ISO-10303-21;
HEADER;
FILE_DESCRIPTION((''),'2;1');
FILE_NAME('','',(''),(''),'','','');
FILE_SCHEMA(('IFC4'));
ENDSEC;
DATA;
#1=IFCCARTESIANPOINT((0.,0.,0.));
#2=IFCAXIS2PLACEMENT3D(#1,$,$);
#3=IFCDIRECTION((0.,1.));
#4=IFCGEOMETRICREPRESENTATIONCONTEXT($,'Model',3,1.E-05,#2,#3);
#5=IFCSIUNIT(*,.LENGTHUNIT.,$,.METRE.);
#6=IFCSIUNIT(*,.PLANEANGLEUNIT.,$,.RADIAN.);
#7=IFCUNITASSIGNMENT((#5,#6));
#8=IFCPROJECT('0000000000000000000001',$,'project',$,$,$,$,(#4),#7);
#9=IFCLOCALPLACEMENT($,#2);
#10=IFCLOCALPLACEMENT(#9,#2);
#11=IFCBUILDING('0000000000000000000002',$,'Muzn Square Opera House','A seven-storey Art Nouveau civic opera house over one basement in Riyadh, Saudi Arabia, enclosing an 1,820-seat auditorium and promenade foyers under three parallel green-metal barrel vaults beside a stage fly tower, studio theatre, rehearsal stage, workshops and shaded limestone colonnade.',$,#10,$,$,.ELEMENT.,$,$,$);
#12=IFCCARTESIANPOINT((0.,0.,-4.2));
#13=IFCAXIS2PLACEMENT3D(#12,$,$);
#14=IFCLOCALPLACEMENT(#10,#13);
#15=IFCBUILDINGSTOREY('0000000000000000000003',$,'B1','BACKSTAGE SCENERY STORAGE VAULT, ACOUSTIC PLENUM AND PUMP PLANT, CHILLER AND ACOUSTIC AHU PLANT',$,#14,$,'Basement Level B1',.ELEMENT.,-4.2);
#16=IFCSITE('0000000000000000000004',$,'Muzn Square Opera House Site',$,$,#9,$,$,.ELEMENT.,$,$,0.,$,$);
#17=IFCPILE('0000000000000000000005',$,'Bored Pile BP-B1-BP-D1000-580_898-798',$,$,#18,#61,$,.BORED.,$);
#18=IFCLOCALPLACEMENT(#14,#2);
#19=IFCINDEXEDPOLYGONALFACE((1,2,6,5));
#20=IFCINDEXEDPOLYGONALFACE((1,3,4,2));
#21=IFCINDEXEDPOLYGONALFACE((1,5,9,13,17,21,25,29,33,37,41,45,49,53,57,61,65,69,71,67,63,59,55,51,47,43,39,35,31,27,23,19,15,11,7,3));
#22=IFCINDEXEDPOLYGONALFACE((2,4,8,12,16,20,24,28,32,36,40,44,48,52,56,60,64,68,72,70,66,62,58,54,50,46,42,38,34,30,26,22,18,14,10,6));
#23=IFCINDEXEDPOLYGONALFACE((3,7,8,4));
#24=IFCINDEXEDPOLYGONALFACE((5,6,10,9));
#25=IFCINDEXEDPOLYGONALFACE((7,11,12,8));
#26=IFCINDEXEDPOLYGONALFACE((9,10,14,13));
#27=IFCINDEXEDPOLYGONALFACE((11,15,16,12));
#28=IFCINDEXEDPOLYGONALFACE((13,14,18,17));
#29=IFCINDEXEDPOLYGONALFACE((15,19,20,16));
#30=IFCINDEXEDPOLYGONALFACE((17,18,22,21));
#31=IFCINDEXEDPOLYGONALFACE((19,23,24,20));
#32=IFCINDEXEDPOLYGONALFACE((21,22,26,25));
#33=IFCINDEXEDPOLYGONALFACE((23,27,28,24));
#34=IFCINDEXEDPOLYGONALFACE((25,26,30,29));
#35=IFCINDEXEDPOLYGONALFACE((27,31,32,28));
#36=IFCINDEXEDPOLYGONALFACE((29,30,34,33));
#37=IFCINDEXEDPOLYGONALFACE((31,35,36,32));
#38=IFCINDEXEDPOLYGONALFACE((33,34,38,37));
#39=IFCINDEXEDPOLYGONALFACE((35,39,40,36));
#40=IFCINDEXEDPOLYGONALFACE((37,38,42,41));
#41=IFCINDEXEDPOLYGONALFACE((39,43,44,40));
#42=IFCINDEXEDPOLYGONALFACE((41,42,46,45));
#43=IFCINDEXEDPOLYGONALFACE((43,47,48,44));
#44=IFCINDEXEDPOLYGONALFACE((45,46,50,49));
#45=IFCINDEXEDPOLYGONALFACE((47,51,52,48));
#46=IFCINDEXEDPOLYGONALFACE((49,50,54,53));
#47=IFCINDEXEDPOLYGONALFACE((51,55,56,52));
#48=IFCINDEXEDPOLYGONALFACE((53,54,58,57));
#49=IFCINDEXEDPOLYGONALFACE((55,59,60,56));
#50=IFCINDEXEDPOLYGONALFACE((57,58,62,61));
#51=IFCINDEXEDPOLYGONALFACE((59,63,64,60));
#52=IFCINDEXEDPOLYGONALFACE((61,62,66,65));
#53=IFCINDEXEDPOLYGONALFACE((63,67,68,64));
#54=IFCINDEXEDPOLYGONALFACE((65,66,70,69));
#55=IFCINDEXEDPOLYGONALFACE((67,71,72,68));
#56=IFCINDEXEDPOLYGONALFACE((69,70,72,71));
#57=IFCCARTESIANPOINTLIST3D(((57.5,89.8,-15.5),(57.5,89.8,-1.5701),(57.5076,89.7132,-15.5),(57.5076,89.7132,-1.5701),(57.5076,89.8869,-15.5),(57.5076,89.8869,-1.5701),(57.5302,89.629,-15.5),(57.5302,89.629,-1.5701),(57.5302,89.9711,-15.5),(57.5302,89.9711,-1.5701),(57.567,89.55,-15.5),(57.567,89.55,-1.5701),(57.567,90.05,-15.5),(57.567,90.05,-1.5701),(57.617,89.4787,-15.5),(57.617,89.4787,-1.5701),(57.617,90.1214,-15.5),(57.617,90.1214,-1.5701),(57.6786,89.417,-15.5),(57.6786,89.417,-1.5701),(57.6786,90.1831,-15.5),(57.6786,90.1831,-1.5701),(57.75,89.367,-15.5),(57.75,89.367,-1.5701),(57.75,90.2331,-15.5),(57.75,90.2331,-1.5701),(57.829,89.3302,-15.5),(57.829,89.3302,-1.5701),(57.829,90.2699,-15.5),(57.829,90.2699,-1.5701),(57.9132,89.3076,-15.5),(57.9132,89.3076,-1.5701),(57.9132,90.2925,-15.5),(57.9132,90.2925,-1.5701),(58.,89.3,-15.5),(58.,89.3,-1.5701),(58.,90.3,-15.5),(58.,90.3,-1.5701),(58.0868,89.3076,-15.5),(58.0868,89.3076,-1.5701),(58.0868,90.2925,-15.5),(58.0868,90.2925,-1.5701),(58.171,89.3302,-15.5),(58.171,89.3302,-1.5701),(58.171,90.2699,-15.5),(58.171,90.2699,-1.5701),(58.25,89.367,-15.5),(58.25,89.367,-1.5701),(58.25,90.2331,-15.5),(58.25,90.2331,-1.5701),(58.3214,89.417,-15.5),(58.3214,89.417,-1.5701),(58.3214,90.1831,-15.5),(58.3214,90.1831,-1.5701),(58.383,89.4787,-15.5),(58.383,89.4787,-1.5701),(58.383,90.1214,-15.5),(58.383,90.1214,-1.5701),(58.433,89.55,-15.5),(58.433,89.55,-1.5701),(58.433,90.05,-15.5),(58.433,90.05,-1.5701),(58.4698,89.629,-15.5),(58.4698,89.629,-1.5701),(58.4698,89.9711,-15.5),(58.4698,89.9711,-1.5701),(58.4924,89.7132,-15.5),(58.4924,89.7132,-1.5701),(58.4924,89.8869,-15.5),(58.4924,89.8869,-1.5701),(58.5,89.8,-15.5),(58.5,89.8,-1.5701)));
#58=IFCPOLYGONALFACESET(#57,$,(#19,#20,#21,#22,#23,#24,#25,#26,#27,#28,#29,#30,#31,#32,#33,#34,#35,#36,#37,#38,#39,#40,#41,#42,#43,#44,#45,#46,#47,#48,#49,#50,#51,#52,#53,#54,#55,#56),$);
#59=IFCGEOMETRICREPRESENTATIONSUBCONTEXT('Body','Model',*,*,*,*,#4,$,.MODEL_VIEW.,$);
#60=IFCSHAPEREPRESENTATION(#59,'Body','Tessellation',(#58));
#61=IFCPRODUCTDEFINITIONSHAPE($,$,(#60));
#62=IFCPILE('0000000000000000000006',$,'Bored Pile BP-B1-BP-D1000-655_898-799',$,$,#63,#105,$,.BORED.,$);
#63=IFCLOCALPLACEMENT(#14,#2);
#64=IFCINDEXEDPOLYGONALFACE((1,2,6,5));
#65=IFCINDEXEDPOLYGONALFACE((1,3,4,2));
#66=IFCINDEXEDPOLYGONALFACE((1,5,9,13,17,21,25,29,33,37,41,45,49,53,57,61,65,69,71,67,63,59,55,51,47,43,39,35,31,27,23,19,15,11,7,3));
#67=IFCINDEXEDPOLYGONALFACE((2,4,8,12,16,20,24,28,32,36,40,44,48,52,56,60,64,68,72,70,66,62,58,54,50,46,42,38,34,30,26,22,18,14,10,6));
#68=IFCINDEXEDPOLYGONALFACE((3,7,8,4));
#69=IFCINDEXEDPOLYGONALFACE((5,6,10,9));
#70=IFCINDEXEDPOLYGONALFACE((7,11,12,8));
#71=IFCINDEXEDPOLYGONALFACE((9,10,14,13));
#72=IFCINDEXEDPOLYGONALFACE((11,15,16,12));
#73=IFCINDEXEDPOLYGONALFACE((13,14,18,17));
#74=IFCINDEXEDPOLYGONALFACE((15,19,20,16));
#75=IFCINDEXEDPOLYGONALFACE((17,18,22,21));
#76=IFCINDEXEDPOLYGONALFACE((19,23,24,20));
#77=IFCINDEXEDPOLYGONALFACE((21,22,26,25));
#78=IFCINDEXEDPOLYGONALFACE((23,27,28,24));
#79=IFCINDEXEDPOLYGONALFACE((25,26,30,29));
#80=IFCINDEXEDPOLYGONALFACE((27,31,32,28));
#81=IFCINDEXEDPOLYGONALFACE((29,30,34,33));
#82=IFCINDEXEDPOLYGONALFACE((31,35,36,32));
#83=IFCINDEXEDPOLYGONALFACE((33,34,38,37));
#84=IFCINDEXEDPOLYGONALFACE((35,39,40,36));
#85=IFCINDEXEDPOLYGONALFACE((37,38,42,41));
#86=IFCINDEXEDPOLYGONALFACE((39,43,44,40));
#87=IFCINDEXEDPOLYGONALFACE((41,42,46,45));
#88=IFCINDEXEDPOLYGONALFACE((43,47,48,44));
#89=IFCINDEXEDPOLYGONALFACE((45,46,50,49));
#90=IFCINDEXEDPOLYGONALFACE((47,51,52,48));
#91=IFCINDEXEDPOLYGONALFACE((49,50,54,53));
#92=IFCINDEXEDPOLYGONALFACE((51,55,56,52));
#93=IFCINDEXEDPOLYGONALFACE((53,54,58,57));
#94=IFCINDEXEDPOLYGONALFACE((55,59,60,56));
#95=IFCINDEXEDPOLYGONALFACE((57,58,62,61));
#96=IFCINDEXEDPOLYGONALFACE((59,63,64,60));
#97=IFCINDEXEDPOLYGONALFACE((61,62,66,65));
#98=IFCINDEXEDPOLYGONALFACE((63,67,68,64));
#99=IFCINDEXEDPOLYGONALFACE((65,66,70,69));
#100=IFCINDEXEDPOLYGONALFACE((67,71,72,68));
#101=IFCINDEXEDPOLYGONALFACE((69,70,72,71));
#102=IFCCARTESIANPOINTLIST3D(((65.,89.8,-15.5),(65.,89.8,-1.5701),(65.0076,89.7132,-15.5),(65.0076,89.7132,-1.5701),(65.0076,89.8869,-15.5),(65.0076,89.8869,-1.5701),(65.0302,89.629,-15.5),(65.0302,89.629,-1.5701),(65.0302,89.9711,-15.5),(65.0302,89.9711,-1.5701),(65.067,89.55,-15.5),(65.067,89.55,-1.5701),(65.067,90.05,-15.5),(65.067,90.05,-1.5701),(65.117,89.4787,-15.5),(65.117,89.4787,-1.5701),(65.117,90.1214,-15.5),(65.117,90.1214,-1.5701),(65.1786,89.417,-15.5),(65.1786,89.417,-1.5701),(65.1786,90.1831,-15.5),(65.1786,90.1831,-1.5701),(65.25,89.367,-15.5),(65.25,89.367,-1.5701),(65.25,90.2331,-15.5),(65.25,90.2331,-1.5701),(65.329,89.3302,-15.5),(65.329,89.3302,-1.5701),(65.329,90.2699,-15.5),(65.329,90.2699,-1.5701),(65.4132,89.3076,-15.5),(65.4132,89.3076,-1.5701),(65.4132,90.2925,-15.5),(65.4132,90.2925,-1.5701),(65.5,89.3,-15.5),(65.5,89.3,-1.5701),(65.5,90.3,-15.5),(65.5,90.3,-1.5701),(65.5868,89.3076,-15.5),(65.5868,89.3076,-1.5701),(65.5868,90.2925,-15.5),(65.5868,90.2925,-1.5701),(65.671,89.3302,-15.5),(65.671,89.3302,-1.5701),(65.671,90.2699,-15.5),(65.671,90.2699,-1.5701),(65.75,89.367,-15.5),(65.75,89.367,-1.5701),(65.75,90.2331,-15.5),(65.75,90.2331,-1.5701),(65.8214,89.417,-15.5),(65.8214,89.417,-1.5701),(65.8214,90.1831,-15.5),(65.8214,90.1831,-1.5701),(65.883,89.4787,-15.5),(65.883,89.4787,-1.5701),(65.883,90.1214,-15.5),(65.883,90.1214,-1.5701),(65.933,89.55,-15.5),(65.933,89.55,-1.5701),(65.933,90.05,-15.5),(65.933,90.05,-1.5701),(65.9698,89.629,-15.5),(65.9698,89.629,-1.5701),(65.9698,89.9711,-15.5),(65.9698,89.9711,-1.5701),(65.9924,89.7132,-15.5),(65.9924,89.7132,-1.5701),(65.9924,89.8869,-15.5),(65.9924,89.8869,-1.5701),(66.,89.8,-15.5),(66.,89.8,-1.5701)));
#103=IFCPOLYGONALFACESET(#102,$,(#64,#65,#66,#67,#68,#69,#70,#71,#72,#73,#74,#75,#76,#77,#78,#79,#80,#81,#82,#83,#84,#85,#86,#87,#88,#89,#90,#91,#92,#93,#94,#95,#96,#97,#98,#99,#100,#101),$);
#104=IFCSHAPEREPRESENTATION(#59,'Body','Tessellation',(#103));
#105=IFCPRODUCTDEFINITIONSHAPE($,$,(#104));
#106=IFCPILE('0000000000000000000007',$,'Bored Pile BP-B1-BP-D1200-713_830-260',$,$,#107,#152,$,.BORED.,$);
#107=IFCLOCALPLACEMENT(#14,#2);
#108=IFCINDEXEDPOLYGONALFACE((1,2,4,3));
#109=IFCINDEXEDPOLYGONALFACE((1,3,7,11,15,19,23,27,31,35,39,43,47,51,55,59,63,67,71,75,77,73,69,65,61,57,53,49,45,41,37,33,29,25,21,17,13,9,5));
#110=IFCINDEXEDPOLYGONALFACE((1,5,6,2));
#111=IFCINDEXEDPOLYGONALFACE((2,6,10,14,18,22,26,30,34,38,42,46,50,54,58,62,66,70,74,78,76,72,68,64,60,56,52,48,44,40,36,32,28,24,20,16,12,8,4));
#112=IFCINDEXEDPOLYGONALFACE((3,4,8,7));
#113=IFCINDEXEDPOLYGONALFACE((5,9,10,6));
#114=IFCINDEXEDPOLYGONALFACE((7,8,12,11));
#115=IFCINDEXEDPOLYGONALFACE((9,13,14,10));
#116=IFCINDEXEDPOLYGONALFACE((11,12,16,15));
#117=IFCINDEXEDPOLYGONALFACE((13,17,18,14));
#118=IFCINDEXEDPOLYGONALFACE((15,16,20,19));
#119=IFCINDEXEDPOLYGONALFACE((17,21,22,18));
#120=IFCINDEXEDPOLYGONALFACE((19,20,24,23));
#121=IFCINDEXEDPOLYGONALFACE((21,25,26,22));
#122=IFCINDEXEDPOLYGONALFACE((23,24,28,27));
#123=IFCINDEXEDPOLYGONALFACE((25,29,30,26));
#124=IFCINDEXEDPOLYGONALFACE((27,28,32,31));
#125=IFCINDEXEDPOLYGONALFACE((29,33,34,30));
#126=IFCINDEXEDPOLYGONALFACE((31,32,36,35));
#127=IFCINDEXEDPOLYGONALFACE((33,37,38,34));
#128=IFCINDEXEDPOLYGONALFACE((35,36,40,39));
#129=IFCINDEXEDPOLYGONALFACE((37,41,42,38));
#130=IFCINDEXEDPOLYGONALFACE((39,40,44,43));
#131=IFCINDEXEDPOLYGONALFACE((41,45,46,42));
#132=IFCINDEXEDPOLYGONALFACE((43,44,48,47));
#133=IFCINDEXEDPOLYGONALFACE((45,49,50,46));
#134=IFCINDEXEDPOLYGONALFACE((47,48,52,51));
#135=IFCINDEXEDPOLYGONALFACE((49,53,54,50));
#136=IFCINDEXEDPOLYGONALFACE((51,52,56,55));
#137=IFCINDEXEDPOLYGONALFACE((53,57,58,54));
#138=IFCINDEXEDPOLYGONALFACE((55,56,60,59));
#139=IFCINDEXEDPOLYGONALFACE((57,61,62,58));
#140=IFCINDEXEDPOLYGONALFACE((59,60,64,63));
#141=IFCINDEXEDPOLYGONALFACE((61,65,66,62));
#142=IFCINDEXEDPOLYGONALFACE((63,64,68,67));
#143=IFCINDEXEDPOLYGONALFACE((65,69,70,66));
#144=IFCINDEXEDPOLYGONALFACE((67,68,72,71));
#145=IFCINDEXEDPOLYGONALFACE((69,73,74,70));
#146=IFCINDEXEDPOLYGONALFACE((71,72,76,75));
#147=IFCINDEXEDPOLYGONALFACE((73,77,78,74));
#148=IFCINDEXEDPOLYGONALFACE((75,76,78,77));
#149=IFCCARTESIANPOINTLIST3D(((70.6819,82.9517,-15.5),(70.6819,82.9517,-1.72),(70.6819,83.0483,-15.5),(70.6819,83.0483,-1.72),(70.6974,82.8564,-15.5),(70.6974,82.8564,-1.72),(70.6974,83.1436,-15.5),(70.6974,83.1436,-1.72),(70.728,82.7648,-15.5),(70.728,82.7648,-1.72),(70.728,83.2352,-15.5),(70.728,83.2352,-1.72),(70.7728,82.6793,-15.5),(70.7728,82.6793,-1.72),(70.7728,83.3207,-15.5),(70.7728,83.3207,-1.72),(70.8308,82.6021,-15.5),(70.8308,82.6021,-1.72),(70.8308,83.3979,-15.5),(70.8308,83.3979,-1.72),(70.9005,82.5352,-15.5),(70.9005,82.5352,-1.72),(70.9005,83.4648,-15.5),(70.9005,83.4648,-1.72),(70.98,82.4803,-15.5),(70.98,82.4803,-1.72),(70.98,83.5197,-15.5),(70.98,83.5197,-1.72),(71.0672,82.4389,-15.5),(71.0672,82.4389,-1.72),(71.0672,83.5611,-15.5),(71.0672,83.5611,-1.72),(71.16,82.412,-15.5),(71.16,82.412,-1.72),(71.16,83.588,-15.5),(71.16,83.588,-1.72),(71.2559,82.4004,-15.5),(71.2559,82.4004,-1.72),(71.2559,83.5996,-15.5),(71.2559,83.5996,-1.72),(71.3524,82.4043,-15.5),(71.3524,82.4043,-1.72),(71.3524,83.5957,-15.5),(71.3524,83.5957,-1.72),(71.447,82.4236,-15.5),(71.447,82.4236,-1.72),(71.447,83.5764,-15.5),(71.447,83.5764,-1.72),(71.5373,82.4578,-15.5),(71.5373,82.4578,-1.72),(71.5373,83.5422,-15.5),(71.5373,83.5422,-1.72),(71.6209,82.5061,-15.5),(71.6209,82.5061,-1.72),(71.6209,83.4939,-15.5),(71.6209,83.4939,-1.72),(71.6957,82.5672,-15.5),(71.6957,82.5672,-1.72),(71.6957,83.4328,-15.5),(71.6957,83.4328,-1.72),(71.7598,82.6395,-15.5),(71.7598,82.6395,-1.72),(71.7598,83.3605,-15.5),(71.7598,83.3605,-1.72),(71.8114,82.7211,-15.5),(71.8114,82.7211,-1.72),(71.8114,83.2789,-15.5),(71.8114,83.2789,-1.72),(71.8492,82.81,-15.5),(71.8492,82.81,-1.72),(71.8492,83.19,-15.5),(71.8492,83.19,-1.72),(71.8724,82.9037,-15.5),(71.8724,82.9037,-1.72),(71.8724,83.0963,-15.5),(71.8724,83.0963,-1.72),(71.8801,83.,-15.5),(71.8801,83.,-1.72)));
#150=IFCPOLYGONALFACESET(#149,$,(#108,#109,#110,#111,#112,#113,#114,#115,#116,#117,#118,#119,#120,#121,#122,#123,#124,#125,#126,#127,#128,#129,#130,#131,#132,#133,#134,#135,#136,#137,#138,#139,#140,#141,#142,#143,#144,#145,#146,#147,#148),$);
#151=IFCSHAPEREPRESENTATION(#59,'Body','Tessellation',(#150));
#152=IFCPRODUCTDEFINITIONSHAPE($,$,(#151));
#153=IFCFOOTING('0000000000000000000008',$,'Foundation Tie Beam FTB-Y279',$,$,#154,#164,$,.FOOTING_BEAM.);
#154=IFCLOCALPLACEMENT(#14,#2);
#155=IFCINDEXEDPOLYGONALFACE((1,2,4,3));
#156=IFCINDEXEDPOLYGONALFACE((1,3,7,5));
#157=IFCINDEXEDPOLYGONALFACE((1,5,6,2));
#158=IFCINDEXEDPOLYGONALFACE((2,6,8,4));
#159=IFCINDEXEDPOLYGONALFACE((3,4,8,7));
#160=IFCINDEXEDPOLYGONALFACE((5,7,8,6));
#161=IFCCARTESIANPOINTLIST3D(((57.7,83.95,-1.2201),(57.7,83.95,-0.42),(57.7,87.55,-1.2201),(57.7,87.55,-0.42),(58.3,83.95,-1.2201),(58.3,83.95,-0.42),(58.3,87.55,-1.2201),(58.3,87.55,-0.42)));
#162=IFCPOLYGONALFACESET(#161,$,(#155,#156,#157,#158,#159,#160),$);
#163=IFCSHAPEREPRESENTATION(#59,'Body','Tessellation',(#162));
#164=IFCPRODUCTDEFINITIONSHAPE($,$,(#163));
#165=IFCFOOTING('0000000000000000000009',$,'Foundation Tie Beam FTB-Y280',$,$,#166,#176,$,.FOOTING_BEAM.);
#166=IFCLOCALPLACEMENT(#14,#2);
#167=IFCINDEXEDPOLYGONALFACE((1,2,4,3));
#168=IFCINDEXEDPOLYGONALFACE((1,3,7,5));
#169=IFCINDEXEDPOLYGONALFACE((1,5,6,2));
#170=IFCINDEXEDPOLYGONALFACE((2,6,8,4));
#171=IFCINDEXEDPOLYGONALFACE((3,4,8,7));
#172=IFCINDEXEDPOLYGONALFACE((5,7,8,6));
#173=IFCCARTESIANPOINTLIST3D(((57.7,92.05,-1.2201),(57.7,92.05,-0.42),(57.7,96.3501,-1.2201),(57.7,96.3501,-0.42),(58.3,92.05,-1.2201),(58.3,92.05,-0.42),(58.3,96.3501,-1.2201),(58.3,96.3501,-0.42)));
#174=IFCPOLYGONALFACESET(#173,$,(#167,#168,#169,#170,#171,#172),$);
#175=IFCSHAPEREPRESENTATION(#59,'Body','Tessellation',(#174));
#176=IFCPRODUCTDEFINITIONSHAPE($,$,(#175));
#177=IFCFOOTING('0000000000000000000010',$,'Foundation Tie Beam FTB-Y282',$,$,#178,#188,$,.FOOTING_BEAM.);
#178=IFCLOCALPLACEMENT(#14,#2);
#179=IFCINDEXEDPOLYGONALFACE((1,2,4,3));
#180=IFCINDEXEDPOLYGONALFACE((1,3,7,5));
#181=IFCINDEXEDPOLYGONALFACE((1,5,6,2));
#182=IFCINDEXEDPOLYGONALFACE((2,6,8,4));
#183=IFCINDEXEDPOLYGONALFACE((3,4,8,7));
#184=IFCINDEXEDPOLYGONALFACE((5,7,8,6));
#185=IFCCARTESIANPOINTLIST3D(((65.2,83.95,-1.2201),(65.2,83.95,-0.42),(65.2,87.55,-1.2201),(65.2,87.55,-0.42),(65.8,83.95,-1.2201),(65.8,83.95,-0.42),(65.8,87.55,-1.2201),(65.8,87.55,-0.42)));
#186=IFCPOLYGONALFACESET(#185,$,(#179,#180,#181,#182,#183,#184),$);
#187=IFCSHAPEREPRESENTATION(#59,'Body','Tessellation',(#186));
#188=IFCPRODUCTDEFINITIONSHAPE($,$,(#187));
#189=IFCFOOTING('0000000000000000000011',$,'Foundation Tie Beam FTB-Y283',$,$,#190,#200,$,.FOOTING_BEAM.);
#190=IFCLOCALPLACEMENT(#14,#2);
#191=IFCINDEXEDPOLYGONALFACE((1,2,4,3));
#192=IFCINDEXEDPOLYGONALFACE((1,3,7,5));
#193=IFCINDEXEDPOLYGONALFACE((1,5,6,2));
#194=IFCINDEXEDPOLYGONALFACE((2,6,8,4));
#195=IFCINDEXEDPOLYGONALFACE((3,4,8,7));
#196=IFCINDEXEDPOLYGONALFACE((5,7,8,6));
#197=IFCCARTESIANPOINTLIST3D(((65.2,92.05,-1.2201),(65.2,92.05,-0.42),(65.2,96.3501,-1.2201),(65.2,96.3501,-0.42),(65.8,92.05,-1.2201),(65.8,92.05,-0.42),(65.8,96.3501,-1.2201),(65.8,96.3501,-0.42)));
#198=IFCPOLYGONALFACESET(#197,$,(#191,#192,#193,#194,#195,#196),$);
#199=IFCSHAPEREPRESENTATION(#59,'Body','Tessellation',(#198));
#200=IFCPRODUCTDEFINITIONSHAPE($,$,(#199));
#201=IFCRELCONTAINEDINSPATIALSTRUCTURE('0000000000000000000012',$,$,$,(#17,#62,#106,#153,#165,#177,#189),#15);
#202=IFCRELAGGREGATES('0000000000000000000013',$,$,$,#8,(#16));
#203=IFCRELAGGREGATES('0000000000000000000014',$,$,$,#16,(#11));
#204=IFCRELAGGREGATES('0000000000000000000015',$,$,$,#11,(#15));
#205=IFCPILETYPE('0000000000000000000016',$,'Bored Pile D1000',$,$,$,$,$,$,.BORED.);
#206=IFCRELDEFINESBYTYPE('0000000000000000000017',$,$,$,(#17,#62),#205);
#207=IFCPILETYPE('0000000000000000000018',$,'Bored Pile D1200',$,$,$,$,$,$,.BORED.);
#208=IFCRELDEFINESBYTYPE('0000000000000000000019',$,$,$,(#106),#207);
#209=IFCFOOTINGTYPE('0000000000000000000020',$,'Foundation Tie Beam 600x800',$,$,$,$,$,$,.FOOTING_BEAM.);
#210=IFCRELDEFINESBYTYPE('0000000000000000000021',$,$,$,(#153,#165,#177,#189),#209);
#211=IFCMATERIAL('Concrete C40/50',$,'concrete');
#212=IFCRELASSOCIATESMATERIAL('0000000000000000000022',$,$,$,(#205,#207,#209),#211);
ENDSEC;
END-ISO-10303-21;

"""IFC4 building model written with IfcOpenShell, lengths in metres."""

from ifc_helpers import new_model, si_unit, direction, frame, origin, origin_2d, place, context, subcontext, project, spatial, rectangle, circle, extrude, material, material_profile, profile_set, type_object, element, save


model = new_model("IFC4")

# Units and contexts
model_context = context("Model", 3, precision=1e-05, world=origin(), true_north=direction((0.0, 1.0)))
body_context = subcontext(model_context, "Body", "Model", "MODEL_VIEW")
ifc_project = project(units=[si_unit("LENGTHUNIT", "METRE"), si_unit("PLANEANGLEUNIT", "RADIAN")], contexts=[model_context])

# Site, building, storey
site_placement = place(None, origin())
site = spatial("IfcSite", under=ifc_project, at=site_placement, Name="Muzn Square Opera House Site", CompositionType="ELEMENT", RefElevation=0.0)
building_placement = place(site_placement, origin())
building = spatial("IfcBuilding", under=site, at=building_placement, Name="Muzn Square Opera House", Description="A seven-storey Art Nouveau civic opera house over one basement in Riyadh, Saudi Arabia, enclosing an 1,820-seat auditorium and promenade foyers under three parallel green-metal barrel vaults beside a stage fly tower, studio theatre, rehearsal stage, workshops and shaded limestone colonnade.", CompositionType="ELEMENT")
storey_placement = place(building_placement, frame((0.0, 0.0, -4.2)))
storey = spatial("IfcBuildingStorey", under=building, at=storey_placement, Name="B1", Description="BACKSTAGE SCENERY STORAGE VAULT, ACOUSTIC PLENUM AND PUMP PLANT, CHILLER AND ACOUSTIC AHU PLANT", LongName="Basement Level B1", CompositionType="ELEMENT", Elevation=-4.2)

# Piles
ifc_material_1 = material(Name="Concrete C40/50", Category="concrete")
ifc_material_profile_1 = material_profile(ifc_material_1, circle(Radius=0.5, at=origin_2d()), Name="BORED PILE D1000", Category="concrete")
ifc_profile_set_1 = profile_set([ifc_material_profile_1], Name="Concrete C40/50")
pile_type_1 = type_object("IfcPileType", Name="Bored Pile D1000", PredefinedType="BORED", material=ifc_profile_set_1)
for number, where, z_axis, x_axis, name in (
    (1, (58.0, 89.8, -1.5701), (0.0, 0.0, -1.0), (1.0, 0.0, 0.0), "Bored Pile BP-B1-BP-D1000-580_898-798"),
    (2, (65.5, 89.8, -1.5701), (0.0, 0.0, -1.0), (1.0, 0.0, 0.0), "Bored Pile BP-B1-BP-D1000-655_898-799"),
):
    element("IfcPile", number, at=place(storey_placement, frame(where, z_axis=z_axis, x_axis=x_axis)), inside=storey, type_object=pile_type_1, Name=name, PredefinedType="BORED", context=body_context, shape_type="SweptSolid", body=[
        extrude(circle(Radius=0.5, at=origin_2d()), origin(), (0.0, 0.0, 1.0), 13.9299),
    ])
ifc_material_profile_2 = material_profile(ifc_material_1, circle(Radius=0.6001, at=origin_2d()), Name="BORED PILE D1200", Category="concrete")
ifc_profile_set_2 = profile_set([ifc_material_profile_2], Name="Concrete C40/50")
pile_type_2 = type_object("IfcPileType", Name="Bored Pile D1200", PredefinedType="BORED", material=ifc_profile_set_2)
pile_placement = place(storey_placement, frame((71.28, 83.0, -1.72), z_axis=(0.0, 0.0, -1.0), x_axis=(1.0, 0.0, 0.0)))
element("IfcPile", 3, at=pile_placement, inside=storey, type_object=pile_type_2, Name="Bored Pile BP-B1-BP-D1200-713_830-260", PredefinedType="BORED", context=body_context, shape_type="SweptSolid", body=[
    extrude(circle(Radius=0.6001, at=origin_2d()), origin(), (0.0, 0.0, 1.0), 13.78),
])

# Footings
ifc_material_profile_3 = material_profile(ifc_material_1, rectangle(XDim=0.6001, YDim=0.8, at=origin_2d()), Name="RCTB 600x800", Category="concrete")
ifc_profile_set_3 = profile_set([ifc_material_profile_3], Name="Concrete C40/50")
footing_type_1 = type_object("IfcFootingType", Name="Foundation Tie Beam 600x800", PredefinedType="FOOTING_BEAM", material=ifc_profile_set_3)
footing_1_placement = place(storey_placement, frame((58.0, 83.95, -0.8201), z_axis=(0.0, 1.0, 0.0), x_axis=(-1.0, 0.0, 0.0)))
element("IfcFooting", 4, at=footing_1_placement, inside=storey, type_object=footing_type_1, Name="Foundation Tie Beam FTB-Y279", PredefinedType="FOOTING_BEAM", context=body_context, shape_type="SweptSolid", body=[
    extrude(rectangle(XDim=0.6001, YDim=0.8, at=origin_2d()), origin(), (0.0, 0.0, 1.0), 3.6001),
])
footing_2_placement = place(storey_placement, frame((58.0, 92.05, -0.8201), z_axis=(0.0, 1.0, 0.0), x_axis=(-1.0, 0.0, 0.0)))
element("IfcFooting", 5, at=footing_2_placement, inside=storey, type_object=footing_type_1, Name="Foundation Tie Beam FTB-Y280", PredefinedType="FOOTING_BEAM", context=body_context, shape_type="SweptSolid", body=[
    extrude(rectangle(XDim=0.6001, YDim=0.8, at=origin_2d()), origin(), (0.0, 0.0, 1.0), 4.3),
])
footing_3_placement = place(storey_placement, frame((65.5, 83.95, -0.8201), z_axis=(0.0, 1.0, 0.0), x_axis=(-1.0, 0.0, 0.0)))
element("IfcFooting", 6, at=footing_3_placement, inside=storey, type_object=footing_type_1, Name="Foundation Tie Beam FTB-Y282", PredefinedType="FOOTING_BEAM", context=body_context, shape_type="SweptSolid", body=[
    extrude(rectangle(XDim=0.6001, YDim=0.8, at=origin_2d()), origin(), (0.0, 0.0, 1.0), 3.6001),
])
footing_4_placement = place(storey_placement, frame((65.5, 92.05, -0.8201), z_axis=(0.0, 1.0, 0.0), x_axis=(-1.0, 0.0, 0.0)))
element("IfcFooting", 7, at=footing_4_placement, inside=storey, type_object=footing_type_1, Name="Foundation Tie Beam FTB-Y283", PredefinedType="FOOTING_BEAM", context=body_context, shape_type="SweptSolid", body=[
    extrude(rectangle(XDim=0.6001, YDim=0.8, at=origin_2d()), origin(), (0.0, 0.0, 1.0), 4.3),
])

save(model, "model.ifc")
